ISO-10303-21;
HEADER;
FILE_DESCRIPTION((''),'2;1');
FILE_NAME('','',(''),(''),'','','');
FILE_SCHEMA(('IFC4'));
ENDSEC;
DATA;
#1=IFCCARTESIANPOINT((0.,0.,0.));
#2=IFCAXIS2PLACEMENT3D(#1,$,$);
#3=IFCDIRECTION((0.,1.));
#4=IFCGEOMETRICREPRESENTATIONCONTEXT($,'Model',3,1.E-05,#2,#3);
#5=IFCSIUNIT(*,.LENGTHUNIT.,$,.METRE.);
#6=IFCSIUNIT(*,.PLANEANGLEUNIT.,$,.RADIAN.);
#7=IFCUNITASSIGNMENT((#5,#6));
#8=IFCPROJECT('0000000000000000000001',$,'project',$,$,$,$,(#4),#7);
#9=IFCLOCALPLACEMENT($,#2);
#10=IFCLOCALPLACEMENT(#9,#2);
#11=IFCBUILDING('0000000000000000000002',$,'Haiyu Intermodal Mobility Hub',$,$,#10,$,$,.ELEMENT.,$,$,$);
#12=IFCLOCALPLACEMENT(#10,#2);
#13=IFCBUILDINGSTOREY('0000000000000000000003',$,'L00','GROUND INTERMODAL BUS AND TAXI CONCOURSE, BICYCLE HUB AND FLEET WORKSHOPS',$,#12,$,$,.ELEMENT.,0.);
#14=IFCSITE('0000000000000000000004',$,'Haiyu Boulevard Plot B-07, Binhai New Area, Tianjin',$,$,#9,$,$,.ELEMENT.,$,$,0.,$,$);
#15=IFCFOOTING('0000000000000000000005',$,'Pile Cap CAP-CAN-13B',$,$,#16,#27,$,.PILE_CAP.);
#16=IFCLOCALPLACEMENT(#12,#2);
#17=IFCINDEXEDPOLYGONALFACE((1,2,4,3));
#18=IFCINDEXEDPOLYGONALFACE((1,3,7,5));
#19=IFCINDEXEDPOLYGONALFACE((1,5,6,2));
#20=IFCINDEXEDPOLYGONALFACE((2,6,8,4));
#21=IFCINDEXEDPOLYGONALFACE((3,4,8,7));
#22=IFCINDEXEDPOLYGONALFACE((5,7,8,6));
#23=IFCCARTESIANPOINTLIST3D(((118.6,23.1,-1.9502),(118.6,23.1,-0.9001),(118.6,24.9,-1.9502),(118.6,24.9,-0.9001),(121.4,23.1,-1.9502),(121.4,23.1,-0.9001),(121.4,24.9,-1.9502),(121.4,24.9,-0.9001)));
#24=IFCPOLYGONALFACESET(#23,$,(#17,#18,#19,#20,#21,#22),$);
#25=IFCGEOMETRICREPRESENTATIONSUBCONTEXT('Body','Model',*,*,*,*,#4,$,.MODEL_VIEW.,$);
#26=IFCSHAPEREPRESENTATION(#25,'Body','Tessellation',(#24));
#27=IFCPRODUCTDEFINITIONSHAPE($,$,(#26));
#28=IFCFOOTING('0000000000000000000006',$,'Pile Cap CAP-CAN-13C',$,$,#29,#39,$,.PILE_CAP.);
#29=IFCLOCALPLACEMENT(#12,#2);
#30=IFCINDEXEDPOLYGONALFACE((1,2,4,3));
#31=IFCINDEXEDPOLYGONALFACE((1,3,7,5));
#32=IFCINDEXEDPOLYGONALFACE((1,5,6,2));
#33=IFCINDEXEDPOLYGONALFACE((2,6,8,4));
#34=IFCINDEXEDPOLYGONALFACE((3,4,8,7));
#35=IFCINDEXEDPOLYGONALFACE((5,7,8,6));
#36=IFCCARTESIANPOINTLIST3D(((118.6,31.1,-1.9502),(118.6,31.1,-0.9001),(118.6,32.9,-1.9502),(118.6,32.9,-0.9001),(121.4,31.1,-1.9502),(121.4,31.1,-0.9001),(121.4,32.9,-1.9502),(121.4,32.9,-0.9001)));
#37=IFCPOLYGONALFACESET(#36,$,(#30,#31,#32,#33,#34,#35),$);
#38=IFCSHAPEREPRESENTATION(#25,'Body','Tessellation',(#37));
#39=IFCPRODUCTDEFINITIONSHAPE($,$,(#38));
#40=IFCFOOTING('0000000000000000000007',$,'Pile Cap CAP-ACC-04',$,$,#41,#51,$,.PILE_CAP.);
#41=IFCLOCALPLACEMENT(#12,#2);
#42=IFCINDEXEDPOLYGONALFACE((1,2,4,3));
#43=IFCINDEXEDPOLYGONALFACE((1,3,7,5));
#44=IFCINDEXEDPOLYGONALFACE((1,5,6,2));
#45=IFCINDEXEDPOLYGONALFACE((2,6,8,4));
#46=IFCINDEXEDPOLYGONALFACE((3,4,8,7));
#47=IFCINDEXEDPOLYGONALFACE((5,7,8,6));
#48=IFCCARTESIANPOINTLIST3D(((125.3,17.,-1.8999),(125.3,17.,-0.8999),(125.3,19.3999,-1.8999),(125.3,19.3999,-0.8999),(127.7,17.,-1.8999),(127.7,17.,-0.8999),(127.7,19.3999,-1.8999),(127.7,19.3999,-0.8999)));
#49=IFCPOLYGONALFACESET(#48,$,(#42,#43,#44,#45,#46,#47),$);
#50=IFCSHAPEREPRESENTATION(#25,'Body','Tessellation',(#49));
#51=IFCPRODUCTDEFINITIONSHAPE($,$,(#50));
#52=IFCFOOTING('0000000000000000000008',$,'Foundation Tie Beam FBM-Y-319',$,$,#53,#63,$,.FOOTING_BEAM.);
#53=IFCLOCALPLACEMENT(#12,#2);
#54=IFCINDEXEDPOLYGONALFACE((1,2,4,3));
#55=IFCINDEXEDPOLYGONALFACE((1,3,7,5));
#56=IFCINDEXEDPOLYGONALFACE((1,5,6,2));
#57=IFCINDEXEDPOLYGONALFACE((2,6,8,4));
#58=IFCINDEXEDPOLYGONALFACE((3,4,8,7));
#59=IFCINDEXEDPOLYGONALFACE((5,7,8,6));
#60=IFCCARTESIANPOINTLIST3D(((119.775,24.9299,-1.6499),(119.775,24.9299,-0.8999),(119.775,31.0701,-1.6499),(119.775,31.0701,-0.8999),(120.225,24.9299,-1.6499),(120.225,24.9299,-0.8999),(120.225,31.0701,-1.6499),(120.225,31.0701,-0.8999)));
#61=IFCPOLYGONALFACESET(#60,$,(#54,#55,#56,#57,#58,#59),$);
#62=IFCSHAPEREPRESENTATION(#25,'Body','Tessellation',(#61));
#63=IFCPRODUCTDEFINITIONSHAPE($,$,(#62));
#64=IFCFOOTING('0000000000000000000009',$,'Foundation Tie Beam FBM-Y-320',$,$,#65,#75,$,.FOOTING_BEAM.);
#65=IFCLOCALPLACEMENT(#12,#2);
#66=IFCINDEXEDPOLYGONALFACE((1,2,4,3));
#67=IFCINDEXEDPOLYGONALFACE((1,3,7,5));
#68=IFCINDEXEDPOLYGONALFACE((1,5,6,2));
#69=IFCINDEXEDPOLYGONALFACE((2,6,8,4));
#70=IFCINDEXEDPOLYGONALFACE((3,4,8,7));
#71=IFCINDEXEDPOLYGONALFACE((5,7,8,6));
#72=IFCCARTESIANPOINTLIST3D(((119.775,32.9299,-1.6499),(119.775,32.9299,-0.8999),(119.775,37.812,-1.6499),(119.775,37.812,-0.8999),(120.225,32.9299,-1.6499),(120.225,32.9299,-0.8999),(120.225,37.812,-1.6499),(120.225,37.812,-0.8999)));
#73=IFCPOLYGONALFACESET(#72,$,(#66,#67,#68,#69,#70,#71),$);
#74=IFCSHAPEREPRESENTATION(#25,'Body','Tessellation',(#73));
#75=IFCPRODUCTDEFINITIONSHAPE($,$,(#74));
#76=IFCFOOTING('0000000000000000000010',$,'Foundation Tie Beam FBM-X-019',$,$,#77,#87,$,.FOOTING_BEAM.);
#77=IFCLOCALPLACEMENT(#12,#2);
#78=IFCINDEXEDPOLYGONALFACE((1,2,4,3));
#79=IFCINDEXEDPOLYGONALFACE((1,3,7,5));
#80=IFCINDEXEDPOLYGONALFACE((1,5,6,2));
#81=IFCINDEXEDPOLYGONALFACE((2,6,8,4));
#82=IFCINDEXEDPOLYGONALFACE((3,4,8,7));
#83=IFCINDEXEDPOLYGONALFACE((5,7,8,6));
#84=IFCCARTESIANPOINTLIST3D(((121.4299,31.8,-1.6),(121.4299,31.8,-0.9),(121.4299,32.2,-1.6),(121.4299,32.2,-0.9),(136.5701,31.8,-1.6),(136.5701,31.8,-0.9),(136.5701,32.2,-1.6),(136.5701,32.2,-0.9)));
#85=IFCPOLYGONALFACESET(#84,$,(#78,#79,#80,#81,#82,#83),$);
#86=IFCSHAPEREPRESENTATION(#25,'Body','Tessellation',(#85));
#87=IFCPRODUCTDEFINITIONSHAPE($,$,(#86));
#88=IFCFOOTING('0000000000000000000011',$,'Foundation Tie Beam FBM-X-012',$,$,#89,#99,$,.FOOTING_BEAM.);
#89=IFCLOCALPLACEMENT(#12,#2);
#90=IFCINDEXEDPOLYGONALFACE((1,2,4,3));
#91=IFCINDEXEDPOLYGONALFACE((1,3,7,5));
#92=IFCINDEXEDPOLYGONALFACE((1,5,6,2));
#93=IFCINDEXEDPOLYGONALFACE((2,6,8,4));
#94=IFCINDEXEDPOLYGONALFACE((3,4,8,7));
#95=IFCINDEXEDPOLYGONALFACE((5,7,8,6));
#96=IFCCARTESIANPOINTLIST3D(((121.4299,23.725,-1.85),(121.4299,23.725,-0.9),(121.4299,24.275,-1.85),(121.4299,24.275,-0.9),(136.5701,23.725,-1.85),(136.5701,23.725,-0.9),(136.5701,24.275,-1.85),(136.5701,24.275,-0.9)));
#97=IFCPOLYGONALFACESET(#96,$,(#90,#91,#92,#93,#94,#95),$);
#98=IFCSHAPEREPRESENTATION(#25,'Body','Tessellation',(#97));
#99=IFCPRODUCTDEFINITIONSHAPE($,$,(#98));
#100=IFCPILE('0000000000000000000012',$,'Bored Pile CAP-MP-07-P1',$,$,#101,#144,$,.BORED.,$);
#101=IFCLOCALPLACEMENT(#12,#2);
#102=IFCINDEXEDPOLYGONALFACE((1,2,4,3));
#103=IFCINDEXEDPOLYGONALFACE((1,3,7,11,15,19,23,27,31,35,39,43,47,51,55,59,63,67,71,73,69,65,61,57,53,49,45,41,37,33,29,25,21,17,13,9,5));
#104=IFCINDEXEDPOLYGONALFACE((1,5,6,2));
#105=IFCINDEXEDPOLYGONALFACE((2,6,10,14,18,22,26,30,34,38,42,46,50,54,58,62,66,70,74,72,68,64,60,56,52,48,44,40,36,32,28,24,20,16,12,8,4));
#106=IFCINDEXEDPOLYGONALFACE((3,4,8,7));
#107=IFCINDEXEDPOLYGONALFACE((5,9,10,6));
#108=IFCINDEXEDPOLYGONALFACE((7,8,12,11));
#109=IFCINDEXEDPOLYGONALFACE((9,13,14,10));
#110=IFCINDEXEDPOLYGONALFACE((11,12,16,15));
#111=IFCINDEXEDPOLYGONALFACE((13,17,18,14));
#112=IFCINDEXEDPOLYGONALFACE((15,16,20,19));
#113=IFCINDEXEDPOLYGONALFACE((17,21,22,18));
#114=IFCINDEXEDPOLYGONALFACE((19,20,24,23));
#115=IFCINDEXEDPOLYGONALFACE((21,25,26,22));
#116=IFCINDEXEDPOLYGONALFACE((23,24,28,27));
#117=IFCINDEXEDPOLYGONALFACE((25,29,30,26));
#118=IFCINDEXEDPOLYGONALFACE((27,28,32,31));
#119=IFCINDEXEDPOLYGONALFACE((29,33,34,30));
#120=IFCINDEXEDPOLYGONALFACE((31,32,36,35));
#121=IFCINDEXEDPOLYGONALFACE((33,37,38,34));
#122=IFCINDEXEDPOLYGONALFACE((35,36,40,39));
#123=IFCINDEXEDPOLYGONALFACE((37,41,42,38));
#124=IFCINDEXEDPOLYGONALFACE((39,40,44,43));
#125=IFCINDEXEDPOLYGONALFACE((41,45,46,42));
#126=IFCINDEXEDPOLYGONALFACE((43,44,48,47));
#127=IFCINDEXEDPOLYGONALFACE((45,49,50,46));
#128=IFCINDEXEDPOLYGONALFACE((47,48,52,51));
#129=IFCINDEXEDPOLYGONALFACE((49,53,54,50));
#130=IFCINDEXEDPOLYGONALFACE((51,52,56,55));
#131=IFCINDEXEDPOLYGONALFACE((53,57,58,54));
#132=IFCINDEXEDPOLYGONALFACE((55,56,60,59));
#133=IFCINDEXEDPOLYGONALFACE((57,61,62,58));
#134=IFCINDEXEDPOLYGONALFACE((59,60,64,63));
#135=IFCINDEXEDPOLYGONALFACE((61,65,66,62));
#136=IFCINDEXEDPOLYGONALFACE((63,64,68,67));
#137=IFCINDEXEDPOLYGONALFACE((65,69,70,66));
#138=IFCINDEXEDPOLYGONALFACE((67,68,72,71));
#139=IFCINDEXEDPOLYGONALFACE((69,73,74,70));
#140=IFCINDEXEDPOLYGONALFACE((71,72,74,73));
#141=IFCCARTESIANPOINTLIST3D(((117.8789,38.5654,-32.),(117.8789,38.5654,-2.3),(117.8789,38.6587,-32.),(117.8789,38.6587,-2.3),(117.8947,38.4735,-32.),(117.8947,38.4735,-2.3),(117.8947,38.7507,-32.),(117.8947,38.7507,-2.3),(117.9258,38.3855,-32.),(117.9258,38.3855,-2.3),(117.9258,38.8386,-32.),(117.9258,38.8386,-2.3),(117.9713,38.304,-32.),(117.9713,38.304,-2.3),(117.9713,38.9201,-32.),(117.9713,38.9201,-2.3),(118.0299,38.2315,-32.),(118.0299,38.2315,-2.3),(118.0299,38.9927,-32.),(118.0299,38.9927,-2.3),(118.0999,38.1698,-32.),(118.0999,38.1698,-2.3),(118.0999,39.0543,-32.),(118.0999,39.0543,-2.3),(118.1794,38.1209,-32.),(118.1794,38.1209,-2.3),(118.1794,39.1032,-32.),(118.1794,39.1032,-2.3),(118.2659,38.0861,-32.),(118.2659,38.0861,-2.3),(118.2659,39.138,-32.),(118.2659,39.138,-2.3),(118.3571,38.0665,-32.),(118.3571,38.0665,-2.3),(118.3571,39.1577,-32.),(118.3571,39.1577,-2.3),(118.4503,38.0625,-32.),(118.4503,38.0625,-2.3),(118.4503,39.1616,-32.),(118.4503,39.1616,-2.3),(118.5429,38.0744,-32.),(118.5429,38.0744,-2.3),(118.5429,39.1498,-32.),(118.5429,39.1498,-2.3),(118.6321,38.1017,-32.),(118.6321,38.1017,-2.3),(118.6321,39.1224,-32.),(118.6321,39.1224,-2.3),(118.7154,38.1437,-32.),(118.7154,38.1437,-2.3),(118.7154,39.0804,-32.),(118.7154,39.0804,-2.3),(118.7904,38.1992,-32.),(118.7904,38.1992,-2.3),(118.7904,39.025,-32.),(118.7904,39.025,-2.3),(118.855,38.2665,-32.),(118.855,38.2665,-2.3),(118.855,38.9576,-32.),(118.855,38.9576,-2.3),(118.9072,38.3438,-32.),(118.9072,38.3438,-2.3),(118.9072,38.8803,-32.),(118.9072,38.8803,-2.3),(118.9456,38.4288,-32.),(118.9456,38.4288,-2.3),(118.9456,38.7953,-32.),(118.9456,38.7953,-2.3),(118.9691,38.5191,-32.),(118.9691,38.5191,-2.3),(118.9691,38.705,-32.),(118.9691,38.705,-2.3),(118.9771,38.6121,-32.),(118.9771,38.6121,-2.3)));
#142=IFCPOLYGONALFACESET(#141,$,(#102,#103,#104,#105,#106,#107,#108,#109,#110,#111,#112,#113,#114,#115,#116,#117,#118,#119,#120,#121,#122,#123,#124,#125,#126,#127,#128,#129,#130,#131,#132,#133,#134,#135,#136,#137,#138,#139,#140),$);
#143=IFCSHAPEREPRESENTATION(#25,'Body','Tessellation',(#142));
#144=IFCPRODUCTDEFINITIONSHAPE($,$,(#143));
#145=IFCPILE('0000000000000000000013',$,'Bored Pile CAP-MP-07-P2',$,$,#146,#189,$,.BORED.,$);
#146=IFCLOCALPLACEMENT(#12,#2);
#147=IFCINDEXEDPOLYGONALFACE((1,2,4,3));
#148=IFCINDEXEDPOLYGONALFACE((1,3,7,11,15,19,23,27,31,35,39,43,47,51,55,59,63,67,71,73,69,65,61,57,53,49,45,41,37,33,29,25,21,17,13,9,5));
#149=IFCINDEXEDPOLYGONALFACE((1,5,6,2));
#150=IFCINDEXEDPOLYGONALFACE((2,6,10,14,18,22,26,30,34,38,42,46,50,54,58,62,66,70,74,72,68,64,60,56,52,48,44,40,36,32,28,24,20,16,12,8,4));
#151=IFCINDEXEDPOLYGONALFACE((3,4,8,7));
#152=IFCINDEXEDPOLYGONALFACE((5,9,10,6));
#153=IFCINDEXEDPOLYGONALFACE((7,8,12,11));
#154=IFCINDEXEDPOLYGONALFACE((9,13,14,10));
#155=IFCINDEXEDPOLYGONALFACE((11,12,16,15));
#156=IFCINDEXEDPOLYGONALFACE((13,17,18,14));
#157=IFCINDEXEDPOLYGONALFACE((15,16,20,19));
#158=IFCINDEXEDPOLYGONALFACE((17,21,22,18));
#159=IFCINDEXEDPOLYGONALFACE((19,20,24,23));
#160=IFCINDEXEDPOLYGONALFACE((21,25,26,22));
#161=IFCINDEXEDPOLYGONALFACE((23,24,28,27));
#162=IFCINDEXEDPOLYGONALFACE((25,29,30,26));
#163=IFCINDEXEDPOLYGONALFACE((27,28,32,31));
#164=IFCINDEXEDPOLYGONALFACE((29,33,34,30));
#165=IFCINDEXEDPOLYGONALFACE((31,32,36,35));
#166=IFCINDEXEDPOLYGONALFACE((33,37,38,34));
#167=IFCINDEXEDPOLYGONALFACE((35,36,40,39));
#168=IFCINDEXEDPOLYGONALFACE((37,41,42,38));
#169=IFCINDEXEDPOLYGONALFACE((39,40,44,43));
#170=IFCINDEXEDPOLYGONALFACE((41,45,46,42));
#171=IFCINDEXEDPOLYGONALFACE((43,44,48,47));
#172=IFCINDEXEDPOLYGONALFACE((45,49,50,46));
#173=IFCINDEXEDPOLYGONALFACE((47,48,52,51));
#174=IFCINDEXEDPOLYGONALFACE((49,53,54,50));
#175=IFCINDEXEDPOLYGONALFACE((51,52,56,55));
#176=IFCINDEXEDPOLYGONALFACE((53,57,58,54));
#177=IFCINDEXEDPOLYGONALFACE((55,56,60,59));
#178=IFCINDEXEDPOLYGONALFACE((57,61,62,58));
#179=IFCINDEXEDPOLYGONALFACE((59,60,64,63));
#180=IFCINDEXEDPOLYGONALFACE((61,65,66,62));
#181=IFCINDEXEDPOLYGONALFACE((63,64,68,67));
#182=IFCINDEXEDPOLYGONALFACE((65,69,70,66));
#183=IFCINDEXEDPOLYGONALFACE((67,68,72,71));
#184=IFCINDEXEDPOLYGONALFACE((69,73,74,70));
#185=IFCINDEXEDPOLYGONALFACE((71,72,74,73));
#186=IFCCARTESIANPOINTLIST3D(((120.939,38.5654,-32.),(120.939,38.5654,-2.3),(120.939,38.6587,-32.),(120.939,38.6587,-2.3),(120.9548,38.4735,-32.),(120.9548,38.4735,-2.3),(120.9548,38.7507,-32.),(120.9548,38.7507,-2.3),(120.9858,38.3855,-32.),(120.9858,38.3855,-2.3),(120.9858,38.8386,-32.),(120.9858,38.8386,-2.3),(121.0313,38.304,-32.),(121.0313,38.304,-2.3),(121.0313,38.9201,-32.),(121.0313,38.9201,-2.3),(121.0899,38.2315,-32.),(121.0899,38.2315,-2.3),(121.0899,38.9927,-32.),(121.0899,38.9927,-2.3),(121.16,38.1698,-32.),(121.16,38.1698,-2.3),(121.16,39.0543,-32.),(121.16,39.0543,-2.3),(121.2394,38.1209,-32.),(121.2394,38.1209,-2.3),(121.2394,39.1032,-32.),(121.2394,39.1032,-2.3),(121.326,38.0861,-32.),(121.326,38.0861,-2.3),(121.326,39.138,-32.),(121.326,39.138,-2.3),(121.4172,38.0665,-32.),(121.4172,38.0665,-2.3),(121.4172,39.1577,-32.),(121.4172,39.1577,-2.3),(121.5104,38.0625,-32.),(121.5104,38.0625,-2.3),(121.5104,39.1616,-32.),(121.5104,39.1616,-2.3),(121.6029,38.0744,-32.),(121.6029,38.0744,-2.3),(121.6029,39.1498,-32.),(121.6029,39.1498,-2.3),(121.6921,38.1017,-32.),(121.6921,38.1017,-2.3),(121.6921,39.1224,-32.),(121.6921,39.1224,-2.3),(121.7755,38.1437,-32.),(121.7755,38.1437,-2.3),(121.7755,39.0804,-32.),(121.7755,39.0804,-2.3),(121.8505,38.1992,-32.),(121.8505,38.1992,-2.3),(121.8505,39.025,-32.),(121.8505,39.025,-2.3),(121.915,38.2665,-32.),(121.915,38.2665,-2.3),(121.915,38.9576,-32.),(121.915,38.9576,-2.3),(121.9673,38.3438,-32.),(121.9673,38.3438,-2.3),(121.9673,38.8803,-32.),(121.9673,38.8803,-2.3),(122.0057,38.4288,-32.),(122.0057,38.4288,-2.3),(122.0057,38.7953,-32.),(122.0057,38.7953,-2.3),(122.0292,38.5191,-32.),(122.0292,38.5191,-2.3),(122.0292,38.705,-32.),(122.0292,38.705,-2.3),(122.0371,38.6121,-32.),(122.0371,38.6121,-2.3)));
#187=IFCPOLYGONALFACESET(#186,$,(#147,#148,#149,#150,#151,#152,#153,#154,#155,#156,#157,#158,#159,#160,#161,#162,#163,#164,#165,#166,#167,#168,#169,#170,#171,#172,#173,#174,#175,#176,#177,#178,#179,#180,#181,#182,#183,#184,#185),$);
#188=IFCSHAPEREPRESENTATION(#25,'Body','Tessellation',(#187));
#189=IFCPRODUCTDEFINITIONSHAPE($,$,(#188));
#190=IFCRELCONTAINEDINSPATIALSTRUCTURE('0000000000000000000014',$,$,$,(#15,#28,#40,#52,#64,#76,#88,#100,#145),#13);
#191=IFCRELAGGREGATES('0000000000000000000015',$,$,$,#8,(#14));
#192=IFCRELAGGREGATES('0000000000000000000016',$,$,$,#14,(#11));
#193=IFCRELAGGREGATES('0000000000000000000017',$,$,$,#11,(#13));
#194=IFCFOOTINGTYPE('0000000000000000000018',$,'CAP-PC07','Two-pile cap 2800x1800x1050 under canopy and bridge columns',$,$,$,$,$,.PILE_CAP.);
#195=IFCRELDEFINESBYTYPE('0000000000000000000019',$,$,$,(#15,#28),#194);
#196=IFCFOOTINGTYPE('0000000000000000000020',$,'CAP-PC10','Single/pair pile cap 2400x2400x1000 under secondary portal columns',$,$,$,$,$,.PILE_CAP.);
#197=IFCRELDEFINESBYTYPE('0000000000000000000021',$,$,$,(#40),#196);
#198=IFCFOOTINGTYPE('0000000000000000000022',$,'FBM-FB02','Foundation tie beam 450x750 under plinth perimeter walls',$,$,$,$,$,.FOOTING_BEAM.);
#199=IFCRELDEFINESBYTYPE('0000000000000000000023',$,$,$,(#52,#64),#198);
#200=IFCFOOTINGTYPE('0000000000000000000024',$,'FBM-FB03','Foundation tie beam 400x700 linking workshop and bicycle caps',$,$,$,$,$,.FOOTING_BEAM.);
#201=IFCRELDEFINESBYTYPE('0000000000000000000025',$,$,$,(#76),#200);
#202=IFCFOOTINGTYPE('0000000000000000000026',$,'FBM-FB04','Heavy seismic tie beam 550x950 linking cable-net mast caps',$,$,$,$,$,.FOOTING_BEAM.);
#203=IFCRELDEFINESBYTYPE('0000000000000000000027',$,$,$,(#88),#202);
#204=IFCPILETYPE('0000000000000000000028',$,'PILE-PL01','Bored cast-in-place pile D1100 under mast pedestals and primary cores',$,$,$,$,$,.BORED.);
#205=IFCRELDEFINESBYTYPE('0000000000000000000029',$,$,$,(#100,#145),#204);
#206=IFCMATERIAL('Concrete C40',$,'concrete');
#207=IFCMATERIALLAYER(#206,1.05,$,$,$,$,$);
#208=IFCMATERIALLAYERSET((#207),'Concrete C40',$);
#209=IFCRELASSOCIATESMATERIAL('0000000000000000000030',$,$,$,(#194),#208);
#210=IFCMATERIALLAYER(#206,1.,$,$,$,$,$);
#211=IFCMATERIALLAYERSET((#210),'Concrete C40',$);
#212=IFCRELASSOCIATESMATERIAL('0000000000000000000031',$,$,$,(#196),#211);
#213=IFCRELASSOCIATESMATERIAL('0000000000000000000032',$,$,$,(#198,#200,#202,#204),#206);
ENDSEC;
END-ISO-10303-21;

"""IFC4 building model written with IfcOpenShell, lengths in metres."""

from ifc_helpers import new_model, si_unit, direction, frame, origin, origin_2d, place, context, subcontext, project, spatial, rectangle, circle, extrude, material, layer, layer_set, material_profile, profile_set, type_object, element, save


model = new_model("IFC4")

# Units and contexts
model_context = context("Model", 3, precision=1e-05, world=origin(), true_north=direction((0.0, 1.0)))
body_context = subcontext(model_context, "Body", "Model", "MODEL_VIEW")
ifc_project = project(units=[si_unit("LENGTHUNIT", "METRE"), si_unit("PLANEANGLEUNIT", "RADIAN")], contexts=[model_context])

# Site, building, storey
site_placement = place(None, origin())
site = spatial("IfcSite", under=ifc_project, at=site_placement, Name="Haiyu Boulevard Plot B-07, Binhai New Area, Tianjin", CompositionType="ELEMENT", RefElevation=0.0)
building_placement = place(site_placement, origin())
building = spatial("IfcBuilding", under=site, at=building_placement, Name="Haiyu Intermodal Mobility Hub", CompositionType="ELEMENT")
storey_placement = place(building_placement, origin())
storey = spatial("IfcBuildingStorey", under=building, at=storey_placement, Name="L00", Description="GROUND INTERMODAL BUS AND TAXI CONCOURSE, BICYCLE HUB AND FLEET WORKSHOPS", CompositionType="ELEMENT", Elevation=0.0)

# Footings
ifc_material_1 = material(Name="Concrete C40", Category="concrete")
ifc_layer_1 = layer(ifc_material_1, 1.05)
ifc_layer_set_1 = layer_set([ifc_layer_1], Name="Concrete C40")
footing_type_1 = type_object("IfcFootingType", Name="CAP-PC07", Description="Two-pile cap 2800x1800x1050 under canopy and bridge columns", PredefinedType="PILE_CAP", material=ifc_layer_set_1)
for number, where, z_axis, x_axis, name in (
    (1, (120.0, 24.0, -1.9502), (0.0, 0.0, 1.0), (1.0, 0.0, 0.0), "Pile Cap CAP-CAN-13B"),
    (2, (120.0, 32.0, -1.9502), (0.0, 0.0, 1.0), (1.0, 0.0, 0.0), "Pile Cap CAP-CAN-13C"),
):
    element("IfcFooting", number, at=place(storey_placement, frame(where, z_axis=z_axis, x_axis=x_axis)), inside=storey, type_object=footing_type_1, Name=name, PredefinedType="PILE_CAP", context=body_context, shape_type="SweptSolid", body=[
        extrude(rectangle(XDim=2.8, YDim=1.8, at=origin_2d()), origin(), (0.0, 0.0, 1.0), 1.05),
    ])
ifc_layer_2 = layer(ifc_material_1, 1.0)
ifc_layer_set_2 = layer_set([ifc_layer_2], Name="Concrete C40")
footing_type_2 = type_object("IfcFootingType", Name="CAP-PC10", Description="Single/pair pile cap 2400x2400x1000 under secondary portal columns", PredefinedType="PILE_CAP", material=ifc_layer_set_2)
footing_1_placement = place(storey_placement, frame((126.5, 18.2, -1.8999), z_axis=(0.0, 0.0, 1.0), x_axis=(1.0, 0.0, 0.0)))
element("IfcFooting", 3, at=footing_1_placement, inside=storey, type_object=footing_type_2, Name="Pile Cap CAP-ACC-04", PredefinedType="PILE_CAP", context=body_context, shape_type="SweptSolid", body=[
    extrude(rectangle(XDim=2.3999, YDim=2.3999, at=origin_2d()), origin(), (0.0, 0.0, 1.0), 1.0),
])
ifc_material_profile_1 = material_profile(ifc_material_1, rectangle(XDim=0.45, YDim=0.75, at=origin_2d()), Name="FB450x750")
ifc_profile_set_1 = profile_set([ifc_material_profile_1], Name="Concrete C40")
footing_type_3 = type_object("IfcFootingType", Name="FBM-FB02", Description="Foundation tie beam 450x750 under plinth perimeter walls", PredefinedType="FOOTING_BEAM", material=ifc_profile_set_1)
footing_2_placement = place(storey_placement, frame((120.0, 24.9299, -1.2749), z_axis=(0.0, 1.0, 0.0), x_axis=(-1.0, 0.0, 0.0)))
element("IfcFooting", 4, at=footing_2_placement, inside=storey, type_object=footing_type_3, Name="Foundation Tie Beam FBM-Y-319", PredefinedType="FOOTING_BEAM", context=body_context, shape_type="SweptSolid", body=[
    extrude(rectangle(XDim=0.45, YDim=0.75, at=origin_2d()), origin(), (0.0, 0.0, 1.0), 6.1401),
])
footing_3_placement = place(storey_placement, frame((120.0, 32.9299, -1.2749), z_axis=(0.0, 1.0, 0.0), x_axis=(-1.0, 0.0, 0.0)))
element("IfcFooting", 5, at=footing_3_placement, inside=storey, type_object=footing_type_3, Name="Foundation Tie Beam FBM-Y-320", PredefinedType="FOOTING_BEAM", context=body_context, shape_type="SweptSolid", body=[
    extrude(rectangle(XDim=0.45, YDim=0.75, at=origin_2d()), origin(), (0.0, 0.0, 1.0), 4.8821),
])
ifc_material_profile_2 = material_profile(ifc_material_1, rectangle(XDim=0.3999, YDim=0.7, at=origin_2d()), Name="FB400x700")
ifc_profile_set_2 = profile_set([ifc_material_profile_2], Name="Concrete C40")
footing_type_4 = type_object("IfcFootingType", Name="FBM-FB03", Description="Foundation tie beam 400x700 linking workshop and bicycle caps", PredefinedType="FOOTING_BEAM", material=ifc_profile_set_2)
footing_4_placement = place(storey_placement, frame((121.4299, 32.0, -1.25), z_axis=(1.0, 0.0, 0.0), x_axis=(0.0, 1.0, 0.0)))
element("IfcFooting", 6, at=footing_4_placement, inside=storey, type_object=footing_type_4, Name="Foundation Tie Beam FBM-X-019", PredefinedType="FOOTING_BEAM", context=body_context, shape_type="SweptSolid", body=[
    extrude(rectangle(XDim=0.3999, YDim=0.7, at=origin_2d()), origin(), (0.0, 0.0, 1.0), 15.1401),
])
ifc_material_profile_3 = material_profile(ifc_material_1, rectangle(XDim=0.55, YDim=0.95, at=origin_2d()), Name="FB550x950")
ifc_profile_set_3 = profile_set([ifc_material_profile_3], Name="Concrete C40")
footing_type_5 = type_object("IfcFootingType", Name="FBM-FB04", Description="Heavy seismic tie beam 550x950 linking cable-net mast caps", PredefinedType="FOOTING_BEAM", material=ifc_profile_set_3)
footing_5_placement = place(storey_placement, frame((121.4299, 24.0, -1.375), z_axis=(1.0, 0.0, 0.0), x_axis=(0.0, 1.0, 0.0)))
element("IfcFooting", 7, at=footing_5_placement, inside=storey, type_object=footing_type_5, Name="Foundation Tie Beam FBM-X-012", PredefinedType="FOOTING_BEAM", context=body_context, shape_type="SweptSolid", body=[
    extrude(rectangle(XDim=0.55, YDim=0.95, at=origin_2d()), origin(), (0.0, 0.0, 1.0), 15.1401),
])

# Piles
ifc_material_profile_4 = material_profile(ifc_material_1, circle(Radius=0.55, at=origin_2d()), Name="PILE-D1100")
ifc_profile_set_4 = profile_set([ifc_material_profile_4], Name="Concrete C40")
pile_type_1 = type_object("IfcPileType", Name="PILE-PL01", Description="Bored cast-in-place pile D1100 under mast pedestals and primary cores", PredefinedType="BORED", material=ifc_profile_set_4)
for number, where, z_axis, x_axis, name in (
    (8, (118.427, 38.6121, -2.3), (0.0, 0.0, -1.0), (1.0, 0.0, 0.0), "Bored Pile CAP-MP-07-P1"),
    (9, (121.4871, 38.6121, -2.3), (0.0, 0.0, -1.0), (1.0, 0.0, 0.0), "Bored Pile CAP-MP-07-P2"),
):
    element("IfcPile", number, at=place(storey_placement, frame(where, z_axis=z_axis, x_axis=x_axis)), inside=storey, type_object=pile_type_1, Name=name, PredefinedType="BORED", context=body_context, shape_type="SweptSolid", body=[
        extrude(circle(Radius=0.55, at=origin_2d()), origin(), (0.0, 0.0, 1.0), 29.7),
    ])

save(model, "model.ifc")
